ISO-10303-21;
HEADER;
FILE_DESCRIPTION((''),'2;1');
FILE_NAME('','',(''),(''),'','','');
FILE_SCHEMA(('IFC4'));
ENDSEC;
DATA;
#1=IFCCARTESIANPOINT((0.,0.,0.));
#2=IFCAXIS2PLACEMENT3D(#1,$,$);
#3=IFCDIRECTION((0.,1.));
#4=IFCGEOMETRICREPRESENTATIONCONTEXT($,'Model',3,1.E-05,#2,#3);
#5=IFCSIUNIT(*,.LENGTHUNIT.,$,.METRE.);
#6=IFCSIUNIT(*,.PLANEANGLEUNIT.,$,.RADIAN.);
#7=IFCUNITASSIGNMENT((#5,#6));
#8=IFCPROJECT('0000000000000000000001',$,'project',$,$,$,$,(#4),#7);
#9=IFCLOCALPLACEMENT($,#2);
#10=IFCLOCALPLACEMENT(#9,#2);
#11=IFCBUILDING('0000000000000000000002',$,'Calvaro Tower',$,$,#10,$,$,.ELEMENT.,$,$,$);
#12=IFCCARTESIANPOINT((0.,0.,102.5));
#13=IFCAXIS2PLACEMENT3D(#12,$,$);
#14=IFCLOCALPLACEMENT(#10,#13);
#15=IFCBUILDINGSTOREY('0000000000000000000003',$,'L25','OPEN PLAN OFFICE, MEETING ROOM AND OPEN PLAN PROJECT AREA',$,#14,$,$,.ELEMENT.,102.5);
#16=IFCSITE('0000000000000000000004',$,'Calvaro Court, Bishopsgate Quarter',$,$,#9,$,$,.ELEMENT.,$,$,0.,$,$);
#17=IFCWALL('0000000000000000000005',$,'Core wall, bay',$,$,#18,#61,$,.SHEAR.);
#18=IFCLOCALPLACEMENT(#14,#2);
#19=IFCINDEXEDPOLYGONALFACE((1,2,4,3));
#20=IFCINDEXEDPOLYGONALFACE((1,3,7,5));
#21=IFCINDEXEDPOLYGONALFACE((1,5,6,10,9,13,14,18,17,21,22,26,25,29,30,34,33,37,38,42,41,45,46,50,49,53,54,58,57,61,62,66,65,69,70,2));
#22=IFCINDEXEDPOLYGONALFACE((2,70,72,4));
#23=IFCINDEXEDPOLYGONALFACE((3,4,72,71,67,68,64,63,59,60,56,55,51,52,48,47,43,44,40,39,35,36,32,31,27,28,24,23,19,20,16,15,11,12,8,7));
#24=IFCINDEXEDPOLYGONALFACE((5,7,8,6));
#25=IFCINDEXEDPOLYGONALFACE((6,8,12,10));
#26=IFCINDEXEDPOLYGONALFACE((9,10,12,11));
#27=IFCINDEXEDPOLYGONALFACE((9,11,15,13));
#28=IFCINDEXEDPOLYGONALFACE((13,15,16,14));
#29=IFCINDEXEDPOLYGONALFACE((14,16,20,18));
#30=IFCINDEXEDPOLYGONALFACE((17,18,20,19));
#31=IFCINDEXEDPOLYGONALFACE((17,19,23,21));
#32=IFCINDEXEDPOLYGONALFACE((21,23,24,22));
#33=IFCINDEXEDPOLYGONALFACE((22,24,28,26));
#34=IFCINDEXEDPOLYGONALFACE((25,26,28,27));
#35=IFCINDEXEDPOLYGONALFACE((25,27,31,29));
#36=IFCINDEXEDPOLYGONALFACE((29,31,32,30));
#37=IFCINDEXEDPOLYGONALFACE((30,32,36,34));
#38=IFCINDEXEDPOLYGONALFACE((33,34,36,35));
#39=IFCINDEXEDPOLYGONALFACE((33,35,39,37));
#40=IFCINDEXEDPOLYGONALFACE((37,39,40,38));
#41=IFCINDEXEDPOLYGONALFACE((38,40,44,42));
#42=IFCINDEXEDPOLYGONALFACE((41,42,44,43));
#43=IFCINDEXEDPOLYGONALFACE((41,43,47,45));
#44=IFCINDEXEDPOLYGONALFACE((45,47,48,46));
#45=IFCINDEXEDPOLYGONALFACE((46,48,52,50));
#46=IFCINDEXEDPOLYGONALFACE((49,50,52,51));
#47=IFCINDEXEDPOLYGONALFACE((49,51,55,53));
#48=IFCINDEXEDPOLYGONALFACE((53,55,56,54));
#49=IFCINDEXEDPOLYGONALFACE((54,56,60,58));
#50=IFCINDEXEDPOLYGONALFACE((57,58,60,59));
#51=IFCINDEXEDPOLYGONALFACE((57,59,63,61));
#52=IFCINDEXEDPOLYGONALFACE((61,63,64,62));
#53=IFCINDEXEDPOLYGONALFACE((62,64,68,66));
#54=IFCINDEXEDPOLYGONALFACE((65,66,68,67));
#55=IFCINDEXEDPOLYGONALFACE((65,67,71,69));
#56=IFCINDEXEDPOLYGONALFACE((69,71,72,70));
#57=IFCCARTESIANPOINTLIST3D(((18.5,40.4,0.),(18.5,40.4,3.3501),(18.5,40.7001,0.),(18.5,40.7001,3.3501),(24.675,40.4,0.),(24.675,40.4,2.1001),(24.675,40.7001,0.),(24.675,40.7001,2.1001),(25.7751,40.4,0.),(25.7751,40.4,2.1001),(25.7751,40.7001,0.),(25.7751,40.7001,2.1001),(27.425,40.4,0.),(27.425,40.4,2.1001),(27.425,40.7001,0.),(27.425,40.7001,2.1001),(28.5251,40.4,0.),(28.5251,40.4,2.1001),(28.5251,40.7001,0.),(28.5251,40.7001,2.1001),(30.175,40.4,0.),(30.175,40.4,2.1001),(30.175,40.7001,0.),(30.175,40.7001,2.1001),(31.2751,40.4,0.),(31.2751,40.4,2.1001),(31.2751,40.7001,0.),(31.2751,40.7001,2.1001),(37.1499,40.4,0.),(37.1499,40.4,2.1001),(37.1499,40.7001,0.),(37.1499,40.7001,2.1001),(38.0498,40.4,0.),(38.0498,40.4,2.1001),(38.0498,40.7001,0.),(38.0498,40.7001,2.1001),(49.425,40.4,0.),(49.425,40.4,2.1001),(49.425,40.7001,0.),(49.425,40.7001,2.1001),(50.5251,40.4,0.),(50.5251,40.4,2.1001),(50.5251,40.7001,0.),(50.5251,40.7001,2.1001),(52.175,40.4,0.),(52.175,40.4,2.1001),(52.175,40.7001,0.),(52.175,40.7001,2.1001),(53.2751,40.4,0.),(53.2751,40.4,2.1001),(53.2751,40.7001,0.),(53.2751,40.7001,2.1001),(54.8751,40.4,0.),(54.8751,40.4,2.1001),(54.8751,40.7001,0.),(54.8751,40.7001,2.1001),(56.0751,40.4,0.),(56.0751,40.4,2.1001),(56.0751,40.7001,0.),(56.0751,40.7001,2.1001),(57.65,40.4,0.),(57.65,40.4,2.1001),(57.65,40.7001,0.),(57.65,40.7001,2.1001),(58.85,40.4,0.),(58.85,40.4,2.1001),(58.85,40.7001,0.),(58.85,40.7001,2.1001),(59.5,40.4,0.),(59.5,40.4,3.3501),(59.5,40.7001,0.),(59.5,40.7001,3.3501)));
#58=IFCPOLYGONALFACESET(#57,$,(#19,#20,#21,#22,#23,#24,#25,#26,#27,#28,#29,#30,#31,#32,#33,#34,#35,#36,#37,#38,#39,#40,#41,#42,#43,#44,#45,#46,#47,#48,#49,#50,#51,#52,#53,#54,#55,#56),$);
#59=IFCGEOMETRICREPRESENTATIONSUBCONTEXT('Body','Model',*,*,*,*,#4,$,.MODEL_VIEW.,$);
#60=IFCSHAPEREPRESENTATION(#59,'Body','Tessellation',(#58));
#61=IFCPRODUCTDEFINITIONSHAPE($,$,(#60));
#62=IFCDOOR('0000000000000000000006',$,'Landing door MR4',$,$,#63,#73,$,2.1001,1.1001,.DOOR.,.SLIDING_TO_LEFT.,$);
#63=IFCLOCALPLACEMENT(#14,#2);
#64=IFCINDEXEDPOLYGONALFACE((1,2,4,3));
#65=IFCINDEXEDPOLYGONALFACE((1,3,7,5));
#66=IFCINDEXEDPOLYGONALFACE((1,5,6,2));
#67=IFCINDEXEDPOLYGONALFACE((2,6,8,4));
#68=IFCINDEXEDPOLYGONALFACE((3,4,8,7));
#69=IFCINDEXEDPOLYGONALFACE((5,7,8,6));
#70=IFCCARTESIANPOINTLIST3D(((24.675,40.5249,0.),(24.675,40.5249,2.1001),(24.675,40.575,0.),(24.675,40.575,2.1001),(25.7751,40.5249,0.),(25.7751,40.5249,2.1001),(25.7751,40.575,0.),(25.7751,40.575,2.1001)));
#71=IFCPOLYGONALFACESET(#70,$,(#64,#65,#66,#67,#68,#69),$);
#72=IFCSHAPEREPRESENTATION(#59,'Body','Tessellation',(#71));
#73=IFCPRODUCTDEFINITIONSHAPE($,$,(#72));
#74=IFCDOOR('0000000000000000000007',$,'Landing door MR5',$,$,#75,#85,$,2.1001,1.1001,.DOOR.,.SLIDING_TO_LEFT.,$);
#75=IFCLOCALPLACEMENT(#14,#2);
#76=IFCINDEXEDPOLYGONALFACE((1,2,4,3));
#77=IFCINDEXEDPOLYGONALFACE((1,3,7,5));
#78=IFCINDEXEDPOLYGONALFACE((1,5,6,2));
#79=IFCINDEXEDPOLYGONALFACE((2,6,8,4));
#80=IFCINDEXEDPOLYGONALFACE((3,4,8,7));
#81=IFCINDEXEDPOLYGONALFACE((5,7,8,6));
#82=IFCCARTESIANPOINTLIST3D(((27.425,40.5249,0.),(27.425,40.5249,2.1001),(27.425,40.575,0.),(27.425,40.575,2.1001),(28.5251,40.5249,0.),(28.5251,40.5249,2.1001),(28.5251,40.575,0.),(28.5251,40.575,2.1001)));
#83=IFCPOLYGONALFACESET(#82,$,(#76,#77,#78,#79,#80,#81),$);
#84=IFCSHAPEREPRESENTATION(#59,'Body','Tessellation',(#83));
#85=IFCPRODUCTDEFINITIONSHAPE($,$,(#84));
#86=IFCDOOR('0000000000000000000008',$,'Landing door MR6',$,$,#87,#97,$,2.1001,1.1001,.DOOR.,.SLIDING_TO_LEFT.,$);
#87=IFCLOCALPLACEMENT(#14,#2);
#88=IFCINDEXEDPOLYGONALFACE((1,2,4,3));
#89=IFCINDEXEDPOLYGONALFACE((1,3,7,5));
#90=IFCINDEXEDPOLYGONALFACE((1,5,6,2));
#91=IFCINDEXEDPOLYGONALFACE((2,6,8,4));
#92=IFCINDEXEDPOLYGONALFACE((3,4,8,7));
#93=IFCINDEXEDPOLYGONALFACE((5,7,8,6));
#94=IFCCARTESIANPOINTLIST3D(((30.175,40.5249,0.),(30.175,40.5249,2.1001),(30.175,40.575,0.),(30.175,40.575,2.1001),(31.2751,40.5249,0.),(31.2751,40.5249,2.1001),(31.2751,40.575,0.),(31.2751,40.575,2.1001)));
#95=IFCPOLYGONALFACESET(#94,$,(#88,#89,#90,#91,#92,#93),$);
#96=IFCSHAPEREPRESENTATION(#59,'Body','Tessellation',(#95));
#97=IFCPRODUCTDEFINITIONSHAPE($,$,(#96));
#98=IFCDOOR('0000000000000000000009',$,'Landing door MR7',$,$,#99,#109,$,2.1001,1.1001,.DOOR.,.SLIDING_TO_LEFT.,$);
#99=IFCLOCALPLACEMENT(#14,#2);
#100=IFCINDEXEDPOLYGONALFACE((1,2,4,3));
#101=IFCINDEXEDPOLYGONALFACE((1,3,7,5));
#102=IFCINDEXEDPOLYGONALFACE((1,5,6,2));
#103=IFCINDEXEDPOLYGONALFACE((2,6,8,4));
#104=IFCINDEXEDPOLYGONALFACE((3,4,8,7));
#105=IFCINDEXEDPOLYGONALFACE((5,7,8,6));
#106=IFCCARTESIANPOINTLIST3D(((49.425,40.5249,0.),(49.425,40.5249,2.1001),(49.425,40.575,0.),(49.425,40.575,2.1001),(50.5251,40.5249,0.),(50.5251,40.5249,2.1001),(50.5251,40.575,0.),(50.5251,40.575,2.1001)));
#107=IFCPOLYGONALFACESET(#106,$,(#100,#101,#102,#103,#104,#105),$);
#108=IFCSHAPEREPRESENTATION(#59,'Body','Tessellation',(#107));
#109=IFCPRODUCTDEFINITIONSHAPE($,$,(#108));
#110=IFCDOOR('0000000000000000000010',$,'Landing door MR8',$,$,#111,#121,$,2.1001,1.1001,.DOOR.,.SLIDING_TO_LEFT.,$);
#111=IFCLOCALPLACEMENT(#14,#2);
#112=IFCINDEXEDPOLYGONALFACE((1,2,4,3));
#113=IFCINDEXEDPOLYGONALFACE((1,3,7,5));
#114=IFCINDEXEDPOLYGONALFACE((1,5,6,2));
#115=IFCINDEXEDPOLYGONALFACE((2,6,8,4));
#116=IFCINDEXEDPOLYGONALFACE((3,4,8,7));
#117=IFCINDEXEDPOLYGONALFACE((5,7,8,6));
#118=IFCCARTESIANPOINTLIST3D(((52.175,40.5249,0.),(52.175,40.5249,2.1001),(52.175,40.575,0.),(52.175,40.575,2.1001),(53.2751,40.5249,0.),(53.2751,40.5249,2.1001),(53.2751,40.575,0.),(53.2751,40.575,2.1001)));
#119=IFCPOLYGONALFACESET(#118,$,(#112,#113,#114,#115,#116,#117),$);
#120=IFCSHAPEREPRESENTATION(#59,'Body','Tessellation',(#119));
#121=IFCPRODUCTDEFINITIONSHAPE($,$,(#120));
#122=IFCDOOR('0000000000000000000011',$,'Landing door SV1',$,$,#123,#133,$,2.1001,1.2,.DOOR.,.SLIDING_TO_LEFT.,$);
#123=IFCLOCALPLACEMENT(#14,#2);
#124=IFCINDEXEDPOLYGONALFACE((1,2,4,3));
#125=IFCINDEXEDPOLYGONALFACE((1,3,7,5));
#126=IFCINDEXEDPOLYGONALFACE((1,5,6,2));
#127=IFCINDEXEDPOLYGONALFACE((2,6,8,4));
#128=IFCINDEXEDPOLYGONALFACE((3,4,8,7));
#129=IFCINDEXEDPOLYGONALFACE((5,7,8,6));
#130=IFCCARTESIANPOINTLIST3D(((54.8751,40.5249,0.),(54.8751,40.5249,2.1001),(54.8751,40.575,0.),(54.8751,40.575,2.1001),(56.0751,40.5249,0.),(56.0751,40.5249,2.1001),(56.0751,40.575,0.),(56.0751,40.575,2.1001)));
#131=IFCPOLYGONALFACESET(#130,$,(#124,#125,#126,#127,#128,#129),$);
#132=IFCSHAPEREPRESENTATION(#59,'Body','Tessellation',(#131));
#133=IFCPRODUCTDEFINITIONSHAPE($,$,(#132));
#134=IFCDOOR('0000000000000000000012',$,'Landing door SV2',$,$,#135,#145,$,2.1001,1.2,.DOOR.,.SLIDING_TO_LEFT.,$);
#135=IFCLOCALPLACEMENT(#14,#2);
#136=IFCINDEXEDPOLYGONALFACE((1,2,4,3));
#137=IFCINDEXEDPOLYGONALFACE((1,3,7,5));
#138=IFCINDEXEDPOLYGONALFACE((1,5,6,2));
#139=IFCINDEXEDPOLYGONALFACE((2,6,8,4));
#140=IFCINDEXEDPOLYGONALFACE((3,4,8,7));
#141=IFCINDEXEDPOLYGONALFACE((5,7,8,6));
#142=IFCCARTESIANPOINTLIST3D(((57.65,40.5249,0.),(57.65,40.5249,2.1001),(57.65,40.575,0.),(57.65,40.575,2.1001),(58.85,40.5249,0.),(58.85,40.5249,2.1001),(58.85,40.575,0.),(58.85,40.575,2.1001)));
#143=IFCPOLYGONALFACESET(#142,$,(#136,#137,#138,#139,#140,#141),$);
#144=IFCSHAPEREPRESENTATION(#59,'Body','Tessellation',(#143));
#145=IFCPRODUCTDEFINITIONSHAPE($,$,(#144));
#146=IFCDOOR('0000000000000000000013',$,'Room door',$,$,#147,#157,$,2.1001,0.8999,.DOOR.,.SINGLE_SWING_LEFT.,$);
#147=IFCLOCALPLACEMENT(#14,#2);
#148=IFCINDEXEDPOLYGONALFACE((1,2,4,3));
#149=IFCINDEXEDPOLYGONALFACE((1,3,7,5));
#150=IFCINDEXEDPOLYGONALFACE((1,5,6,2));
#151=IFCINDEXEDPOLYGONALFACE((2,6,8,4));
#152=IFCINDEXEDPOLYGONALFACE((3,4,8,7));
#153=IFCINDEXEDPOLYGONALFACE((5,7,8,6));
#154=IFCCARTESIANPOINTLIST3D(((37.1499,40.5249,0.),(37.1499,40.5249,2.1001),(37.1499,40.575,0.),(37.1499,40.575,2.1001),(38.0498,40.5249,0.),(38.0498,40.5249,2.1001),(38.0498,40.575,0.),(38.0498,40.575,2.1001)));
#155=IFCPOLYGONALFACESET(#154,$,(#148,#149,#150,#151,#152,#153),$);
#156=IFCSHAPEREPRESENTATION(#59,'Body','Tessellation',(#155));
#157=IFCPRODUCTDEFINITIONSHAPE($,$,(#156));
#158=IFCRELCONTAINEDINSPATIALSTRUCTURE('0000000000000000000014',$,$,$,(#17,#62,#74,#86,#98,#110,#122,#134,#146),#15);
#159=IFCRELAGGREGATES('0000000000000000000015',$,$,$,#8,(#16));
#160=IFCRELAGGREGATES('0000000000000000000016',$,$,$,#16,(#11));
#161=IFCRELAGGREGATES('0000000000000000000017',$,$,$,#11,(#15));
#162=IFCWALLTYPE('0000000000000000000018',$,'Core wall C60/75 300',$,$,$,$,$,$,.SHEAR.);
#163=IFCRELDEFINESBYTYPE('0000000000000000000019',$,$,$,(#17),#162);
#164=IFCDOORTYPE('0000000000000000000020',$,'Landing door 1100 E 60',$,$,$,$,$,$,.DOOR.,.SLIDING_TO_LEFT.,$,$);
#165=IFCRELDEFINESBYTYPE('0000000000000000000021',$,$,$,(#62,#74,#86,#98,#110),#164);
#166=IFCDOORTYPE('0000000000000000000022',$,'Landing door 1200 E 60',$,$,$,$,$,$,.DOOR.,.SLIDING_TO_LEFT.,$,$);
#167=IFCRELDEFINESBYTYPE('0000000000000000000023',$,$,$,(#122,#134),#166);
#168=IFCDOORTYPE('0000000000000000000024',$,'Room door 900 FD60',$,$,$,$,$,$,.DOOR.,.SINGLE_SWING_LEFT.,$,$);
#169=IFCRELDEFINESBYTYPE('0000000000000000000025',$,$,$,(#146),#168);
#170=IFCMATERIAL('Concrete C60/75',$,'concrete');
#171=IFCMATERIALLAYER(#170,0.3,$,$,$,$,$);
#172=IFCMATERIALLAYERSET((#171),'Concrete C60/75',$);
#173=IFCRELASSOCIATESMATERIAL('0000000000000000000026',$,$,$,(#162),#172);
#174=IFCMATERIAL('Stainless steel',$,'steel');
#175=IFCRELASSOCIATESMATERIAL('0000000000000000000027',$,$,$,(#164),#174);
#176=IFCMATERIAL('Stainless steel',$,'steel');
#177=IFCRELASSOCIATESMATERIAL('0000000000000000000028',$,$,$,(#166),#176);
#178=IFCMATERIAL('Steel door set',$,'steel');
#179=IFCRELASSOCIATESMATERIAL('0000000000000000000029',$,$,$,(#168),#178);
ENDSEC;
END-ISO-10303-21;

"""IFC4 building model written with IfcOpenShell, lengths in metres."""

from ifc_helpers import new_model, si_unit, direction, frame, frame_2d, origin, place, context, subcontext, project, spatial, rectangle, extrude, material, layer, layer_set, type_object, element, fill, save


model = new_model("IFC4")

# Units and contexts
model_context = context("Model", 3, precision=1e-05, world=origin(), true_north=direction((0.0, 1.0)))
body_context = subcontext(model_context, "Body", "Model", "MODEL_VIEW")
ifc_project = project(units=[si_unit("LENGTHUNIT", "METRE"), si_unit("PLANEANGLEUNIT", "RADIAN")], contexts=[model_context])

# Site, building, storey
site_placement = place(None, origin())
site = spatial("IfcSite", under=ifc_project, at=site_placement, Name="Calvaro Court, Bishopsgate Quarter", CompositionType="ELEMENT", RefElevation=0.0)
building_placement = place(site_placement, origin())
building = spatial("IfcBuilding", under=site, at=building_placement, Name="Calvaro Tower", CompositionType="ELEMENT")
storey_placement = place(building_placement, frame((0.0, 0.0, 102.5)))
storey = spatial("IfcBuildingStorey", under=building, at=storey_placement, Name="L25", Description="OPEN PLAN OFFICE, MEETING ROOM AND OPEN PLAN PROJECT AREA", CompositionType="ELEMENT", Elevation=102.5)

# Shared definitions
ifc_material_1 = material(Name="Concrete C60/75", Category="concrete")
ifc_layer_1 = layer(ifc_material_1, 0.3)
ifc_layer_set_1 = layer_set([ifc_layer_1], Name="Concrete C60/75")
wall_type_1 = type_object("IfcWallType", Name="Core wall C60/75 300", PredefinedType="SHEAR", material=ifc_layer_set_1)
ifc_material_2 = material(Name="Stainless steel", Category="steel")
door_type_1 = type_object("IfcDoorType", Name="Landing door 1100 E 60", OperationType="SLIDING_TO_LEFT", PredefinedType="DOOR", material=ifc_material_2)

# Wall, openings, doors
wall_1_placement = place(storey_placement, frame((18.5, 40.55, 0.0), z_axis=(0.0, 0.0, 1.0), x_axis=(1.0, 0.0, 0.0)))
wall_1 = element("IfcWall", 1, at=wall_1_placement, inside=storey, type_object=wall_type_1, Name="Core wall, bay", PredefinedType="SHEAR", context=body_context, shape_type="SweptSolid", body=[
    extrude(rectangle(XDim=41.0, YDim=0.3, at=frame_2d((20.5, 0.0))), origin(), (0.0, 0.0, 1.0), 3.3501),
])
opening_1_placement = place(wall_1_placement, frame((18.6499, 0.0, 0.0)))
opening_1 = element("IfcOpeningElement", 2, at=opening_1_placement, cuts=wall_1, PredefinedType="OPENING", context=body_context, shape_type="SweptSolid", body=[
    extrude(rectangle(XDim=0.8999, YDim=2.1001, at=frame_2d((0.45, 1.05))), frame((0.0, 0.1599, 0.0), z_axis=(0.0, -1.0, 0.0), x_axis=(1.0, 0.0, 0.0)), (0.0, 0.0, 1.0), 0.3201),
])
opening_2_placement = place(wall_1_placement, frame((6.175, 0.0, 0.0)))
opening_2 = element("IfcOpeningElement", 3, at=opening_2_placement, cuts=wall_1, PredefinedType="OPENING", context=body_context, shape_type="SweptSolid", body=[
    extrude(rectangle(XDim=1.1001, YDim=2.1001, at=frame_2d((0.55, 1.05))), frame((0.0, 0.1599, 0.0), z_axis=(0.0, -1.0, 0.0), x_axis=(1.0, 0.0, 0.0)), (0.0, 0.0, 1.0), 0.3201),
])
opening_3_placement = place(wall_1_placement, frame((8.925, 0.0, 0.0)))
opening_3 = element("IfcOpeningElement", 4, at=opening_3_placement, cuts=wall_1, PredefinedType="OPENING", context=body_context, shape_type="SweptSolid", body=[
    extrude(rectangle(XDim=1.1001, YDim=2.1001, at=frame_2d((0.55, 1.05))), frame((0.0, 0.1599, 0.0), z_axis=(0.0, -1.0, 0.0), x_axis=(1.0, 0.0, 0.0)), (0.0, 0.0, 1.0), 0.3201),
])
opening_4_placement = place(wall_1_placement, frame((11.675, 0.0, 0.0)))
opening_4 = element("IfcOpeningElement", 5, at=opening_4_placement, cuts=wall_1, PredefinedType="OPENING", context=body_context, shape_type="SweptSolid", body=[
    extrude(rectangle(XDim=1.1001, YDim=2.1001, at=frame_2d((0.55, 1.05))), frame((0.0, 0.1599, 0.0), z_axis=(0.0, -1.0, 0.0), x_axis=(1.0, 0.0, 0.0)), (0.0, 0.0, 1.0), 0.3201),
])
opening_5_placement = place(wall_1_placement, frame((30.925, 0.0, 0.0)))
opening_5 = element("IfcOpeningElement", 6, at=opening_5_placement, cuts=wall_1, PredefinedType="OPENING", context=body_context, shape_type="SweptSolid", body=[
    extrude(rectangle(XDim=1.1001, YDim=2.1001, at=frame_2d((0.55, 1.05))), frame((0.0, 0.1599, 0.0), z_axis=(0.0, -1.0, 0.0), x_axis=(1.0, 0.0, 0.0)), (0.0, 0.0, 1.0), 0.3201),
])
opening_6_placement = place(wall_1_placement, frame((33.675, 0.0, 0.0)))
opening_6 = element("IfcOpeningElement", 7, at=opening_6_placement, cuts=wall_1, PredefinedType="OPENING", context=body_context, shape_type="SweptSolid", body=[
    extrude(rectangle(XDim=1.1001, YDim=2.1001, at=frame_2d((0.55, 1.05))), frame((0.0, 0.1599, 0.0), z_axis=(0.0, -1.0, 0.0), x_axis=(1.0, 0.0, 0.0)), (0.0, 0.0, 1.0), 0.3201),
])
opening_7_placement = place(wall_1_placement, frame((36.375, 0.0, 0.0)))
opening_7 = element("IfcOpeningElement", 8, at=opening_7_placement, cuts=wall_1, PredefinedType="OPENING", context=body_context, shape_type="SweptSolid", body=[
    extrude(rectangle(XDim=1.2, YDim=2.1001, at=frame_2d((0.6001, 1.05))), frame((0.0, 0.1599, 0.0), z_axis=(0.0, -1.0, 0.0), x_axis=(1.0, 0.0, 0.0)), (0.0, 0.0, 1.0), 0.3201),
])
opening_8_placement = place(wall_1_placement, frame((39.1499, 0.0, 0.0)))
opening_8 = element("IfcOpeningElement", 9, at=opening_8_placement, cuts=wall_1, PredefinedType="OPENING", context=body_context, shape_type="SweptSolid", body=[
    extrude(rectangle(XDim=1.2, YDim=2.1001, at=frame_2d((0.6001, 1.05))), frame((0.0, 0.1599, 0.0), z_axis=(0.0, -1.0, 0.0), x_axis=(1.0, 0.0, 0.0)), (0.0, 0.0, 1.0), 0.3201),
])
door_1_placement = place(opening_2_placement, origin())
door_1 = element("IfcDoor", 10, at=door_1_placement, inside=storey, type_object=door_type_1, Name="Landing door MR4", OperationType="SLIDING_TO_LEFT", OverallHeight=2.1001, OverallWidth=1.1001, PredefinedType="DOOR", context=body_context, shape_type="SweptSolid", body=[
    extrude(rectangle(XDim=1.1001, YDim=2.1001, at=frame_2d((0.55, 1.05))), frame((0.0, 0.0249, 0.0), z_axis=(0.0, -1.0, 0.0), x_axis=(1.0, 0.0, 0.0)), (0.0, 0.0, 1.0), 0.05),
])
fill(opening_2, door_1)
door_2_placement = place(opening_3_placement, origin())
door_2 = element("IfcDoor", 11, at=door_2_placement, inside=storey, type_object=door_type_1, Name="Landing door MR5", OperationType="SLIDING_TO_LEFT", OverallHeight=2.1001, OverallWidth=1.1001, PredefinedType="DOOR", context=body_context, shape_type="SweptSolid", body=[
    extrude(rectangle(XDim=1.1001, YDim=2.1001, at=frame_2d((0.55, 1.05))), frame((0.0, 0.0249, 0.0), z_axis=(0.0, -1.0, 0.0), x_axis=(1.0, 0.0, 0.0)), (0.0, 0.0, 1.0), 0.05),
])
fill(opening_3, door_2)
door_3_placement = place(opening_4_placement, origin())
door_3 = element("IfcDoor", 12, at=door_3_placement, inside=storey, type_object=door_type_1, Name="Landing door MR6", OperationType="SLIDING_TO_LEFT", OverallHeight=2.1001, OverallWidth=1.1001, PredefinedType="DOOR", context=body_context, shape_type="SweptSolid", body=[
    extrude(rectangle(XDim=1.1001, YDim=2.1001, at=frame_2d((0.55, 1.05))), frame((0.0, 0.0249, 0.0), z_axis=(0.0, -1.0, 0.0), x_axis=(1.0, 0.0, 0.0)), (0.0, 0.0, 1.0), 0.05),
])
fill(opening_4, door_3)
door_4_placement = place(opening_5_placement, origin())
door_4 = element("IfcDoor", 13, at=door_4_placement, inside=storey, type_object=door_type_1, Name="Landing door MR7", OperationType="SLIDING_TO_LEFT", OverallHeight=2.1001, OverallWidth=1.1001, PredefinedType="DOOR", context=body_context, shape_type="SweptSolid", body=[
    extrude(rectangle(XDim=1.1001, YDim=2.1001, at=frame_2d((0.55, 1.05))), frame((0.0, 0.0249, 0.0), z_axis=(0.0, -1.0, 0.0), x_axis=(1.0, 0.0, 0.0)), (0.0, 0.0, 1.0), 0.05),
])
fill(opening_5, door_4)
door_5_placement = place(opening_6_placement, origin())
door_5 = element("IfcDoor", 14, at=door_5_placement, inside=storey, type_object=door_type_1, Name="Landing door MR8", OperationType="SLIDING_TO_LEFT", OverallHeight=2.1001, OverallWidth=1.1001, PredefinedType="DOOR", context=body_context, shape_type="SweptSolid", body=[
    extrude(rectangle(XDim=1.1001, YDim=2.1001, at=frame_2d((0.55, 1.05))), frame((0.0, 0.0249, 0.0), z_axis=(0.0, -1.0, 0.0), x_axis=(1.0, 0.0, 0.0)), (0.0, 0.0, 1.0), 0.05),
])
fill(opening_6, door_5)
ifc_material_3 = material(Name="Stainless steel", Category="steel")
door_type_2 = type_object("IfcDoorType", Name="Landing door 1200 E 60", OperationType="SLIDING_TO_LEFT", PredefinedType="DOOR", material=ifc_material_3)
door_6_placement = place(opening_7_placement, origin())
door_6 = element("IfcDoor", 15, at=door_6_placement, inside=storey, type_object=door_type_2, Name="Landing door SV1", OperationType="SLIDING_TO_LEFT", OverallHeight=2.1001, OverallWidth=1.2, PredefinedType="DOOR", context=body_context, shape_type="SweptSolid", body=[
    extrude(rectangle(XDim=1.2, YDim=2.1001, at=frame_2d((0.6001, 1.05))), frame((0.0, 0.0249, 0.0), z_axis=(0.0, -1.0, 0.0), x_axis=(1.0, 0.0, 0.0)), (0.0, 0.0, 1.0), 0.05),
])
fill(opening_7, door_6)
door_7_placement = place(opening_8_placement, origin())
door_7 = element("IfcDoor", 16, at=door_7_placement, inside=storey, type_object=door_type_2, Name="Landing door SV2", OperationType="SLIDING_TO_LEFT", OverallHeight=2.1001, OverallWidth=1.2, PredefinedType="DOOR", context=body_context, shape_type="SweptSolid", body=[
    extrude(rectangle(XDim=1.2, YDim=2.1001, at=frame_2d((0.6001, 1.05))), frame((0.0, 0.0249, 0.0), z_axis=(0.0, -1.0, 0.0), x_axis=(1.0, 0.0, 0.0)), (0.0, 0.0, 1.0), 0.05),
])
fill(opening_8, door_7)
ifc_material_4 = material(Name="Steel door set", Category="steel")
door_type_3 = type_object("IfcDoorType", Name="Room door 900 FD60", OperationType="SINGLE_SWING_LEFT", PredefinedType="DOOR", material=ifc_material_4)
door_8_placement = place(opening_1_placement, origin())
door_8 = element("IfcDoor", 17, at=door_8_placement, inside=storey, type_object=door_type_3, Name="Room door", OperationType="SINGLE_SWING_LEFT", OverallHeight=2.1001, OverallWidth=0.8999, PredefinedType="DOOR", context=body_context, shape_type="SweptSolid", body=[
    extrude(rectangle(XDim=0.8999, YDim=2.1001, at=frame_2d((0.45, 1.05))), frame((0.0, 0.0249, 0.0), z_axis=(0.0, -1.0, 0.0), x_axis=(1.0, 0.0, 0.0)), (0.0, 0.0, 1.0), 0.05),
])
fill(opening_1, door_8)

save(model, "model.ifc")
